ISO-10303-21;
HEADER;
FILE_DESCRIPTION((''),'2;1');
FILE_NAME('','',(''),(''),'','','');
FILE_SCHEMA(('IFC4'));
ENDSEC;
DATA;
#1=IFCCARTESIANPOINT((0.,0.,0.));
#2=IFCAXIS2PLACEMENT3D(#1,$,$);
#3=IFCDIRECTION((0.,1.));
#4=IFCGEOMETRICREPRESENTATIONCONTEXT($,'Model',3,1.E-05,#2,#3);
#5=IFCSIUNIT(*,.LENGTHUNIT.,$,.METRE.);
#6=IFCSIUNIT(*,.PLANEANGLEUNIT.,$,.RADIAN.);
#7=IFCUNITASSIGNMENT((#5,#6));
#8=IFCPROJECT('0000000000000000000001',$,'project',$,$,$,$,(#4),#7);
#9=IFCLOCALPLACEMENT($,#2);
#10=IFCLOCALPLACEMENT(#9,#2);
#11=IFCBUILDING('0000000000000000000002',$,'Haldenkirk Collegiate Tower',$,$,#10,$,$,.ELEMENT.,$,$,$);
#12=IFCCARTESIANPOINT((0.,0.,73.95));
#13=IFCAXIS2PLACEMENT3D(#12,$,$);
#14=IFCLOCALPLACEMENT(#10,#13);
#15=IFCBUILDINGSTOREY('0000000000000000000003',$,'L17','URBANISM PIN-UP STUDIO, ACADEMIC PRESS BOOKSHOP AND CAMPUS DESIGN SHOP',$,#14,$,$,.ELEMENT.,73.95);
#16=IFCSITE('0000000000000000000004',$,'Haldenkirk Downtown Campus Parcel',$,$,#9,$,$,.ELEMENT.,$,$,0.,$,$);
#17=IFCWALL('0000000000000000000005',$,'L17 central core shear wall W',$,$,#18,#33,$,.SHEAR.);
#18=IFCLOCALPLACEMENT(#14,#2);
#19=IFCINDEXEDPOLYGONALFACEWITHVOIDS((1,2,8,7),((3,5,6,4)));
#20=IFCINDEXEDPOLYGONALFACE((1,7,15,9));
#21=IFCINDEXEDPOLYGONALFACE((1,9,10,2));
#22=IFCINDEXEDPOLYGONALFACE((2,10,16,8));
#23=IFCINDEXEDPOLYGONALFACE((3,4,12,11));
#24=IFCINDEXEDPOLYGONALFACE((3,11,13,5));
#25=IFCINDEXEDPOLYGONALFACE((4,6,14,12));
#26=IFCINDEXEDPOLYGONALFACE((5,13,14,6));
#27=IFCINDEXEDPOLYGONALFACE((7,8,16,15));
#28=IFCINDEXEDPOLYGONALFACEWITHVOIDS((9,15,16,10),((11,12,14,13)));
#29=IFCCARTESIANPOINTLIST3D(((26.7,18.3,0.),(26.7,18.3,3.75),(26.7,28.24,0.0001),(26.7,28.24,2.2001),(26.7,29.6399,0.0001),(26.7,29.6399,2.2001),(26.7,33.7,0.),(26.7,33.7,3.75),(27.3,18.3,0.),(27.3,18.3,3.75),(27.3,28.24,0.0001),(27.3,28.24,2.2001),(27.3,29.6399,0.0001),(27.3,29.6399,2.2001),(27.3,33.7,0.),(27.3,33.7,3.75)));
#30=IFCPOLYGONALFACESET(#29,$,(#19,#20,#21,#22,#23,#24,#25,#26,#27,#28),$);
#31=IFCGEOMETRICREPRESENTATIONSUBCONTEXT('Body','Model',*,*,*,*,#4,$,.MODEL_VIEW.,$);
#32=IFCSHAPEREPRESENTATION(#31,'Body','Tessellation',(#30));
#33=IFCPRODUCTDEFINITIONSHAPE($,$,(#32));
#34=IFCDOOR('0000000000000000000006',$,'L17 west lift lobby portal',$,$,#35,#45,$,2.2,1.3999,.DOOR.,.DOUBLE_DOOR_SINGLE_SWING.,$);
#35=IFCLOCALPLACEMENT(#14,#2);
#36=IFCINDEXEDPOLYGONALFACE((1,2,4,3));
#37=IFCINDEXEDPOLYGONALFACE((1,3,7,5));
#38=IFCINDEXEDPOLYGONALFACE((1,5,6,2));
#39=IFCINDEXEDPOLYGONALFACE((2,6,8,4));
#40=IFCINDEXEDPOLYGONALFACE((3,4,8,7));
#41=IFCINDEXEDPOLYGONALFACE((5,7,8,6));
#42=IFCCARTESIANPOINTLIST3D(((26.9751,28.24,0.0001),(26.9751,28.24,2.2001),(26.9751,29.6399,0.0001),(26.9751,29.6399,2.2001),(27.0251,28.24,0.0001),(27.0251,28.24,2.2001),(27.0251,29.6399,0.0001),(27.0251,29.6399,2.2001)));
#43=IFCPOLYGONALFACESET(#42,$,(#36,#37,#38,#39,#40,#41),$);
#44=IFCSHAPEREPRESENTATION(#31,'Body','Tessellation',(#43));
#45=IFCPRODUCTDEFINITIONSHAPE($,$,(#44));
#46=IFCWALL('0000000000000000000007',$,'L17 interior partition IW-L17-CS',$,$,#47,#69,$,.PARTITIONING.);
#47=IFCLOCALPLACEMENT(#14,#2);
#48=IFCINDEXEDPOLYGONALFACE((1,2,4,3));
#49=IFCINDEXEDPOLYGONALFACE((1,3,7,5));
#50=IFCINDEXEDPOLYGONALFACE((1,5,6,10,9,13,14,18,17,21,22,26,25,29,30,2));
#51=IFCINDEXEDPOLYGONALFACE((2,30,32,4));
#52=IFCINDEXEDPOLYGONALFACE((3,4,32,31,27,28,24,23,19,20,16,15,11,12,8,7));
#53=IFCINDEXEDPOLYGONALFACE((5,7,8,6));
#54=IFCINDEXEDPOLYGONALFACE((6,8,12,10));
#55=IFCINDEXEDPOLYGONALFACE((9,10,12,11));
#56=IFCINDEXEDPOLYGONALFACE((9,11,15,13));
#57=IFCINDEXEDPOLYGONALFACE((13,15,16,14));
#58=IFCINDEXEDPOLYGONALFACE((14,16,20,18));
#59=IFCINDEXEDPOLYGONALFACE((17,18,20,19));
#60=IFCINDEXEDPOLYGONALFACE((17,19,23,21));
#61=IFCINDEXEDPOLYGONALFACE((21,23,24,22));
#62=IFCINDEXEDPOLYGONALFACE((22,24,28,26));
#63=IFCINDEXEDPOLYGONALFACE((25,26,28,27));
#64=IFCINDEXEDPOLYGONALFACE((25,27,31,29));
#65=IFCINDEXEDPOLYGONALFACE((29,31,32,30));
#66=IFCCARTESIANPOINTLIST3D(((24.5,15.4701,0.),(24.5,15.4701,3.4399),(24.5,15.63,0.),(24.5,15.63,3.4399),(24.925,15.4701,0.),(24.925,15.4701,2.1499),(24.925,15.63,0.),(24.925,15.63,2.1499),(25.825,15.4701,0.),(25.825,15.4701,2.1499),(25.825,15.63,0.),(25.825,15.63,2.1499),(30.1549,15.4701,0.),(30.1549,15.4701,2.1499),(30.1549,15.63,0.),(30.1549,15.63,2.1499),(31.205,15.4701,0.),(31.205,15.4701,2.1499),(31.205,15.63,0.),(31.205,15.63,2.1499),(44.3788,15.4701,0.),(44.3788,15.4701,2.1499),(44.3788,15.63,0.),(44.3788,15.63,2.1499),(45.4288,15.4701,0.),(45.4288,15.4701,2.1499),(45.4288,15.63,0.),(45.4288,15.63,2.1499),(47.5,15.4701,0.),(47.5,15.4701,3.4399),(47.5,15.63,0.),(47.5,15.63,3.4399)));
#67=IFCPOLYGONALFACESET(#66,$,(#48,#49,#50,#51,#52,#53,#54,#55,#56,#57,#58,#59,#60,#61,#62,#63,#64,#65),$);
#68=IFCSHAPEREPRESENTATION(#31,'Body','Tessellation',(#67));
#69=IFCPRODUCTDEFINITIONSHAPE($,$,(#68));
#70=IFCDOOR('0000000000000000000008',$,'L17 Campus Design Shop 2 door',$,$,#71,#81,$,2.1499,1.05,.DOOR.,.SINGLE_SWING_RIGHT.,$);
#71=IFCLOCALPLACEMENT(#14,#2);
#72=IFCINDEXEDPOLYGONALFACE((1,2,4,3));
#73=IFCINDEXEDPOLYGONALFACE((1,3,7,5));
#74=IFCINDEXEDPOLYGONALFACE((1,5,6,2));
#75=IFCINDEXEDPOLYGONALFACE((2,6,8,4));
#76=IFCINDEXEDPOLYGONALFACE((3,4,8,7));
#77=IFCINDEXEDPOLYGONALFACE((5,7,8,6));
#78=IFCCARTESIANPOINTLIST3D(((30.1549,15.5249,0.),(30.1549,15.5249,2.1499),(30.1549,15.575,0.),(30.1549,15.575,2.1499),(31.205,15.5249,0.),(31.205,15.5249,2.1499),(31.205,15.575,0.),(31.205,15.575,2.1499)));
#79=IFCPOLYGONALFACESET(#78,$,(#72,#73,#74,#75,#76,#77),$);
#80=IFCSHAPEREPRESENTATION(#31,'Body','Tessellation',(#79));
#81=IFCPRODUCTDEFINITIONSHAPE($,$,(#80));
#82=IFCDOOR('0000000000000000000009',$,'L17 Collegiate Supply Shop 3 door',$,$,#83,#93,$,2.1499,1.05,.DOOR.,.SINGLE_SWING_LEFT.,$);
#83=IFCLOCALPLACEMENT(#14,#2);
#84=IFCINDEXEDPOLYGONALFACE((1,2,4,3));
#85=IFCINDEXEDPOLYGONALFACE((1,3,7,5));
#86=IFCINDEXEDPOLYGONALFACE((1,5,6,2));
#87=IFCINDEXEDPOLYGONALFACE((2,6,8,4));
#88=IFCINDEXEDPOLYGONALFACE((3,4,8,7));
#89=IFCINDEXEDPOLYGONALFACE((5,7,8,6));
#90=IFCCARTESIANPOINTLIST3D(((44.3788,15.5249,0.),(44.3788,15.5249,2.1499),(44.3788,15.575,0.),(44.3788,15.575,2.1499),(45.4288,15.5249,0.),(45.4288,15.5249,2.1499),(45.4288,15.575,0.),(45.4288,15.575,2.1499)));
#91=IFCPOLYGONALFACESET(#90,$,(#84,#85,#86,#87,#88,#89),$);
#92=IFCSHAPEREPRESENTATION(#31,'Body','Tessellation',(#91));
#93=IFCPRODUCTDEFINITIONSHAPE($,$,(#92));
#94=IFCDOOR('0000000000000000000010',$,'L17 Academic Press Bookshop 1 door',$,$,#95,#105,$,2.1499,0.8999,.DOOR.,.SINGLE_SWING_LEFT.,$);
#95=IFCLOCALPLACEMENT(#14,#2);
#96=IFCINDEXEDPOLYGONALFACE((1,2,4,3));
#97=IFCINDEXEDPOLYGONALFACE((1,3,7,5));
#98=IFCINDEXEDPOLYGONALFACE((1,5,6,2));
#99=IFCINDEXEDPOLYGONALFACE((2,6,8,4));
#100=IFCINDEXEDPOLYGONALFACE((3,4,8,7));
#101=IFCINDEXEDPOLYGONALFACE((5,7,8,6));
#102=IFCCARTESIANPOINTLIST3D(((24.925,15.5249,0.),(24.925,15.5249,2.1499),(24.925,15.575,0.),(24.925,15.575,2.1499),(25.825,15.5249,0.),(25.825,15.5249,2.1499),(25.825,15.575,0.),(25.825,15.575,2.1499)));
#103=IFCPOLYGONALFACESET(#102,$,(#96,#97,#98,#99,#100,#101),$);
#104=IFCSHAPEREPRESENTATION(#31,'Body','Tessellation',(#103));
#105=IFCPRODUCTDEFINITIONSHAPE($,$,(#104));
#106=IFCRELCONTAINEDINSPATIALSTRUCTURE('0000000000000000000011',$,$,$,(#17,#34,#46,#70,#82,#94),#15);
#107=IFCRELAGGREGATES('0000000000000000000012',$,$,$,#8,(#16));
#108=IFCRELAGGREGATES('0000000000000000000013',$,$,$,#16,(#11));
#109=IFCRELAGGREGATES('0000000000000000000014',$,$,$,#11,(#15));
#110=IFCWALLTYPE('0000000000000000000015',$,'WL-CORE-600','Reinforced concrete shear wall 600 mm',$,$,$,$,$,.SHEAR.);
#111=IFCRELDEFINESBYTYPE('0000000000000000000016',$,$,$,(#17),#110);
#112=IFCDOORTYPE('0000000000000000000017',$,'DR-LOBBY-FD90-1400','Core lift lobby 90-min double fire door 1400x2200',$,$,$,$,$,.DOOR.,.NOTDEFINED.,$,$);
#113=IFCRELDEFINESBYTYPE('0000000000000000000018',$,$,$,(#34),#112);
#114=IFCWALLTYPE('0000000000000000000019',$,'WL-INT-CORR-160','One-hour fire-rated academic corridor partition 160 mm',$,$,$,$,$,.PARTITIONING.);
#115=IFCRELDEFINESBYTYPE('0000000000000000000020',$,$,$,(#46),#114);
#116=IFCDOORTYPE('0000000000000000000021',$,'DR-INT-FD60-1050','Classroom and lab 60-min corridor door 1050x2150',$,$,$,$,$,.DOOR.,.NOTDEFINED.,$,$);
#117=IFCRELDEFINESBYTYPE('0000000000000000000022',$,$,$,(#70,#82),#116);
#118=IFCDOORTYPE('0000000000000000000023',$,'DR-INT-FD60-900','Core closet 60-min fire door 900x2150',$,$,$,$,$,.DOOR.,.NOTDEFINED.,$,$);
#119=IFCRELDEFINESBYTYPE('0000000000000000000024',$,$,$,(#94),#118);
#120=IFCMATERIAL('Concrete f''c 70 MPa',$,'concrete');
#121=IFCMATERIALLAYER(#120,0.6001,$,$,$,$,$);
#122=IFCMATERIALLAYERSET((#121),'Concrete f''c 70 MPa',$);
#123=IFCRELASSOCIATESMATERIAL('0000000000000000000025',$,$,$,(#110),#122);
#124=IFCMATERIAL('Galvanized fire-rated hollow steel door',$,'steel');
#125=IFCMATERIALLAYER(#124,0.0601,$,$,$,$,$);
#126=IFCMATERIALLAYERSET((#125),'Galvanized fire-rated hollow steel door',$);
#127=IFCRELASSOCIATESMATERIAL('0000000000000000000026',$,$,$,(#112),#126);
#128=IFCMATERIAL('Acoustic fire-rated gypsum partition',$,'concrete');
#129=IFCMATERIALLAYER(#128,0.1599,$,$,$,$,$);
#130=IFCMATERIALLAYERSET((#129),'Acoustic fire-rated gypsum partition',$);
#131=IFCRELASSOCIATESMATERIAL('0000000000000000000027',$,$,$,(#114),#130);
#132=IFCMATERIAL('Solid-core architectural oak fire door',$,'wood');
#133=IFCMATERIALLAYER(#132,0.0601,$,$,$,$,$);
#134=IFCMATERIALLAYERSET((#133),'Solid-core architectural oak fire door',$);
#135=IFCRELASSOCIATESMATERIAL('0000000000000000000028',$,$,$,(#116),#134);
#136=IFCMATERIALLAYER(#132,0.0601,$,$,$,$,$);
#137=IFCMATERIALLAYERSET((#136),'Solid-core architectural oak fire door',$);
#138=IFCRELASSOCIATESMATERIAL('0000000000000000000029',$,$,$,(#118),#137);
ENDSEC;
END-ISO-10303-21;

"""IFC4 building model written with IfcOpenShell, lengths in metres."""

from ifc_helpers import new_model, si_unit, direction, frame, frame_2d, origin, place, context, subcontext, project, spatial, rectangle, extrude, material, layer, layer_set, type_object, element, fill, save


model = new_model("IFC4")

# Units and contexts
model_context = context("Model", 3, precision=1e-05, world=origin(), true_north=direction((0.0, 1.0)))
body_context = subcontext(model_context, "Body", "Model", "MODEL_VIEW")
ifc_project = project(units=[si_unit("LENGTHUNIT", "METRE"), si_unit("PLANEANGLEUNIT", "RADIAN")], contexts=[model_context])

# Site, building, storey
site_placement = place(None, origin())
site = spatial("IfcSite", under=ifc_project, at=site_placement, Name="Haldenkirk Downtown Campus Parcel", CompositionType="ELEMENT", RefElevation=0.0)
building_placement = place(site_placement, origin())
building = spatial("IfcBuilding", under=site, at=building_placement, Name="Haldenkirk Collegiate Tower", CompositionType="ELEMENT")
storey_placement = place(building_placement, frame((0.0, 0.0, 73.95)))
storey = spatial("IfcBuildingStorey", under=building, at=storey_placement, Name="L17", Description="URBANISM PIN-UP STUDIO, ACADEMIC PRESS BOOKSHOP AND CAMPUS DESIGN SHOP", CompositionType="ELEMENT", Elevation=73.95)

# Shared definitions
ifc_material_1 = material(Name="Concrete f'c 70 MPa", Category="concrete")
ifc_layer_1 = layer(ifc_material_1, 0.6001)
ifc_layer_set_1 = layer_set([ifc_layer_1], Name="Concrete f'c 70 MPa")
wall_type_1 = type_object("IfcWallType", Name="WL-CORE-600", Description="Reinforced concrete shear wall 600 mm", PredefinedType="SHEAR", material=ifc_layer_set_1)
ifc_material_2 = material(Name="Galvanized fire-rated hollow steel door", Category="steel")

# Wall, opening, door
wall_1_placement = place(storey_placement, frame((27.0, 18.3, 0.0), z_axis=(0.0, 0.0, 1.0), x_axis=(0.0, 1.0, 0.0)))
wall_1 = element("IfcWall", 1, at=wall_1_placement, inside=storey, type_object=wall_type_1, Name="L17 central core shear wall W", PredefinedType="SHEAR", context=body_context, shape_type="SweptSolid", body=[
    extrude(rectangle(XDim=15.3999, YDim=0.6001, at=frame_2d((7.7, 0.0))), origin(), (0.0, 0.0, 1.0), 3.75),
])
opening_1_placement = place(wall_1_placement, frame((9.9399, 0.0, 0.0)))
opening_1 = element("IfcOpeningElement", 2, at=opening_1_placement, cuts=wall_1, PredefinedType="OPENING", context=body_context, shape_type="SweptSolid", body=[
    extrude(rectangle(XDim=1.3999, YDim=2.2, at=frame_2d((0.7, 1.1001))), frame((0.0, 0.3101, 0.0), z_axis=(0.0, -1.0, 0.0), x_axis=(1.0, 0.0, 0.0)), (0.0, 0.0, 1.0), 0.6201),
])
ifc_layer_2 = layer(ifc_material_2, 0.0601)
ifc_layer_set_2 = layer_set([ifc_layer_2], Name="Galvanized fire-rated hollow steel door")
door_type_1 = type_object("IfcDoorType", Name="DR-LOBBY-FD90-1400", Description="Core lift lobby 90-min double fire door 1400x2200", OperationType="NOTDEFINED", PredefinedType="DOOR", material=ifc_layer_set_2)
door_1_placement = place(opening_1_placement, origin())
door_1 = element("IfcDoor", 3, at=door_1_placement, inside=storey, type_object=door_type_1, Name="L17 west lift lobby portal", OperationType="DOUBLE_DOOR_SINGLE_SWING", OverallHeight=2.2, OverallWidth=1.3999, PredefinedType="DOOR", context=body_context, shape_type="SweptSolid", body=[
    extrude(rectangle(XDim=1.3999, YDim=2.2, at=frame_2d((0.7, 1.1001))), frame((0.0, 0.0249, 0.0), z_axis=(0.0, -1.0, 0.0), x_axis=(1.0, 0.0, 0.0)), (0.0, 0.0, 1.0), 0.05),
])
fill(opening_1, door_1)

# Wall, openings, doors
ifc_material_3 = material(Name="Acoustic fire-rated gypsum partition", Category="concrete")
ifc_layer_3 = layer(ifc_material_3, 0.1599)
ifc_layer_set_3 = layer_set([ifc_layer_3], Name="Acoustic fire-rated gypsum partition")
wall_type_2 = type_object("IfcWallType", Name="WL-INT-CORR-160", Description="One-hour fire-rated academic corridor partition 160 mm", PredefinedType="PARTITIONING", material=ifc_layer_set_3)
wall_2_placement = place(storey_placement, frame((24.5, 15.55, 0.0), z_axis=(0.0, 0.0, 1.0), x_axis=(1.0, 0.0, 0.0)))
wall_2 = element("IfcWall", 4, at=wall_2_placement, inside=storey, type_object=wall_type_2, Name="L17 interior partition IW-L17-CS", PredefinedType="PARTITIONING", context=body_context, shape_type="SweptSolid", body=[
    extrude(rectangle(XDim=23.0, YDim=0.1599, at=frame_2d((11.5, 0.0))), origin(), (0.0, 0.0, 1.0), 3.4399),
])
opening_2_placement = place(wall_2_placement, frame((0.425, 0.0, 0.0)))
opening_2 = element("IfcOpeningElement", 5, at=opening_2_placement, cuts=wall_2, PredefinedType="OPENING", context=body_context, shape_type="SweptSolid", body=[
    extrude(rectangle(XDim=0.8999, YDim=2.1499, at=frame_2d((0.45, 1.075))), frame((0.0, 0.0898, 0.0), z_axis=(0.0, -1.0, 0.0), x_axis=(1.0, 0.0, 0.0)), (0.0, 0.0, 1.0), 0.1799),
])
opening_3_placement = place(wall_2_placement, frame((5.655, 0.0, 0.0)))
opening_3 = element("IfcOpeningElement", 6, at=opening_3_placement, cuts=wall_2, PredefinedType="OPENING", context=body_context, shape_type="SweptSolid", body=[
    extrude(rectangle(XDim=1.05, YDim=2.1499, at=frame_2d((0.5249, 1.075))), frame((0.0, 0.0898, 0.0), z_axis=(0.0, -1.0, 0.0), x_axis=(1.0, 0.0, 0.0)), (0.0, 0.0, 1.0), 0.1799),
])
opening_4_placement = place(wall_2_placement, frame((19.8789, 0.0, 0.0)))
opening_4 = element("IfcOpeningElement", 7, at=opening_4_placement, cuts=wall_2, PredefinedType="OPENING", context=body_context, shape_type="SweptSolid", body=[
    extrude(rectangle(XDim=1.05, YDim=2.1499, at=frame_2d((0.5249, 1.075))), frame((0.0, 0.0898, 0.0), z_axis=(0.0, -1.0, 0.0), x_axis=(1.0, 0.0, 0.0)), (0.0, 0.0, 1.0), 0.1799),
])
ifc_material_4 = material(Name="Solid-core architectural oak fire door", Category="wood")
ifc_layer_4 = layer(ifc_material_4, 0.0601)
ifc_layer_set_4 = layer_set([ifc_layer_4], Name="Solid-core architectural oak fire door")
door_type_2 = type_object("IfcDoorType", Name="DR-INT-FD60-1050", Description="Classroom and lab 60-min corridor door 1050x2150", OperationType="NOTDEFINED", PredefinedType="DOOR", material=ifc_layer_set_4)
door_2_placement = place(opening_3_placement, origin())
door_2 = element("IfcDoor", 8, at=door_2_placement, inside=storey, type_object=door_type_2, Name="L17 Campus Design Shop 2 door", OperationType="SINGLE_SWING_RIGHT", OverallHeight=2.1499, OverallWidth=1.05, PredefinedType="DOOR", context=body_context, shape_type="SweptSolid", body=[
    extrude(rectangle(XDim=1.05, YDim=2.1499, at=frame_2d((0.5249, 1.075))), frame((0.0, 0.0249, 0.0), z_axis=(0.0, -1.0, 0.0), x_axis=(1.0, 0.0, 0.0)), (0.0, 0.0, 1.0), 0.05),
])
fill(opening_3, door_2)
door_3_placement = place(opening_4_placement, origin())
door_3 = element("IfcDoor", 9, at=door_3_placement, inside=storey, type_object=door_type_2, Name="L17 Collegiate Supply Shop 3 door", OperationType="SINGLE_SWING_LEFT", OverallHeight=2.1499, OverallWidth=1.05, PredefinedType="DOOR", context=body_context, shape_type="SweptSolid", body=[
    extrude(rectangle(XDim=1.05, YDim=2.1499, at=frame_2d((0.5249, 1.075))), frame((0.0, 0.0249, 0.0), z_axis=(0.0, -1.0, 0.0), x_axis=(1.0, 0.0, 0.0)), (0.0, 0.0, 1.0), 0.05),
])
fill(opening_4, door_3)
ifc_layer_5 = layer(ifc_material_4, 0.0601)
ifc_layer_set_5 = layer_set([ifc_layer_5], Name="Solid-core architectural oak fire door")
door_type_3 = type_object("IfcDoorType", Name="DR-INT-FD60-900", Description="Core closet 60-min fire door 900x2150", OperationType="NOTDEFINED", PredefinedType="DOOR", material=ifc_layer_set_5)
door_4_placement = place(opening_2_placement, origin())
door_4 = element("IfcDoor", 10, at=door_4_placement, inside=storey, type_object=door_type_3, Name="L17 Academic Press Bookshop 1 door", OperationType="SINGLE_SWING_LEFT", OverallHeight=2.1499, OverallWidth=0.8999, PredefinedType="DOOR", context=body_context, shape_type="SweptSolid", body=[
    extrude(rectangle(XDim=0.8999, YDim=2.1499, at=frame_2d((0.45, 1.075))), frame((0.0, 0.0249, 0.0), z_axis=(0.0, -1.0, 0.0), x_axis=(1.0, 0.0, 0.0)), (0.0, 0.0, 1.0), 0.05),
])
fill(opening_2, door_4)

save(model, "model.ifc")
